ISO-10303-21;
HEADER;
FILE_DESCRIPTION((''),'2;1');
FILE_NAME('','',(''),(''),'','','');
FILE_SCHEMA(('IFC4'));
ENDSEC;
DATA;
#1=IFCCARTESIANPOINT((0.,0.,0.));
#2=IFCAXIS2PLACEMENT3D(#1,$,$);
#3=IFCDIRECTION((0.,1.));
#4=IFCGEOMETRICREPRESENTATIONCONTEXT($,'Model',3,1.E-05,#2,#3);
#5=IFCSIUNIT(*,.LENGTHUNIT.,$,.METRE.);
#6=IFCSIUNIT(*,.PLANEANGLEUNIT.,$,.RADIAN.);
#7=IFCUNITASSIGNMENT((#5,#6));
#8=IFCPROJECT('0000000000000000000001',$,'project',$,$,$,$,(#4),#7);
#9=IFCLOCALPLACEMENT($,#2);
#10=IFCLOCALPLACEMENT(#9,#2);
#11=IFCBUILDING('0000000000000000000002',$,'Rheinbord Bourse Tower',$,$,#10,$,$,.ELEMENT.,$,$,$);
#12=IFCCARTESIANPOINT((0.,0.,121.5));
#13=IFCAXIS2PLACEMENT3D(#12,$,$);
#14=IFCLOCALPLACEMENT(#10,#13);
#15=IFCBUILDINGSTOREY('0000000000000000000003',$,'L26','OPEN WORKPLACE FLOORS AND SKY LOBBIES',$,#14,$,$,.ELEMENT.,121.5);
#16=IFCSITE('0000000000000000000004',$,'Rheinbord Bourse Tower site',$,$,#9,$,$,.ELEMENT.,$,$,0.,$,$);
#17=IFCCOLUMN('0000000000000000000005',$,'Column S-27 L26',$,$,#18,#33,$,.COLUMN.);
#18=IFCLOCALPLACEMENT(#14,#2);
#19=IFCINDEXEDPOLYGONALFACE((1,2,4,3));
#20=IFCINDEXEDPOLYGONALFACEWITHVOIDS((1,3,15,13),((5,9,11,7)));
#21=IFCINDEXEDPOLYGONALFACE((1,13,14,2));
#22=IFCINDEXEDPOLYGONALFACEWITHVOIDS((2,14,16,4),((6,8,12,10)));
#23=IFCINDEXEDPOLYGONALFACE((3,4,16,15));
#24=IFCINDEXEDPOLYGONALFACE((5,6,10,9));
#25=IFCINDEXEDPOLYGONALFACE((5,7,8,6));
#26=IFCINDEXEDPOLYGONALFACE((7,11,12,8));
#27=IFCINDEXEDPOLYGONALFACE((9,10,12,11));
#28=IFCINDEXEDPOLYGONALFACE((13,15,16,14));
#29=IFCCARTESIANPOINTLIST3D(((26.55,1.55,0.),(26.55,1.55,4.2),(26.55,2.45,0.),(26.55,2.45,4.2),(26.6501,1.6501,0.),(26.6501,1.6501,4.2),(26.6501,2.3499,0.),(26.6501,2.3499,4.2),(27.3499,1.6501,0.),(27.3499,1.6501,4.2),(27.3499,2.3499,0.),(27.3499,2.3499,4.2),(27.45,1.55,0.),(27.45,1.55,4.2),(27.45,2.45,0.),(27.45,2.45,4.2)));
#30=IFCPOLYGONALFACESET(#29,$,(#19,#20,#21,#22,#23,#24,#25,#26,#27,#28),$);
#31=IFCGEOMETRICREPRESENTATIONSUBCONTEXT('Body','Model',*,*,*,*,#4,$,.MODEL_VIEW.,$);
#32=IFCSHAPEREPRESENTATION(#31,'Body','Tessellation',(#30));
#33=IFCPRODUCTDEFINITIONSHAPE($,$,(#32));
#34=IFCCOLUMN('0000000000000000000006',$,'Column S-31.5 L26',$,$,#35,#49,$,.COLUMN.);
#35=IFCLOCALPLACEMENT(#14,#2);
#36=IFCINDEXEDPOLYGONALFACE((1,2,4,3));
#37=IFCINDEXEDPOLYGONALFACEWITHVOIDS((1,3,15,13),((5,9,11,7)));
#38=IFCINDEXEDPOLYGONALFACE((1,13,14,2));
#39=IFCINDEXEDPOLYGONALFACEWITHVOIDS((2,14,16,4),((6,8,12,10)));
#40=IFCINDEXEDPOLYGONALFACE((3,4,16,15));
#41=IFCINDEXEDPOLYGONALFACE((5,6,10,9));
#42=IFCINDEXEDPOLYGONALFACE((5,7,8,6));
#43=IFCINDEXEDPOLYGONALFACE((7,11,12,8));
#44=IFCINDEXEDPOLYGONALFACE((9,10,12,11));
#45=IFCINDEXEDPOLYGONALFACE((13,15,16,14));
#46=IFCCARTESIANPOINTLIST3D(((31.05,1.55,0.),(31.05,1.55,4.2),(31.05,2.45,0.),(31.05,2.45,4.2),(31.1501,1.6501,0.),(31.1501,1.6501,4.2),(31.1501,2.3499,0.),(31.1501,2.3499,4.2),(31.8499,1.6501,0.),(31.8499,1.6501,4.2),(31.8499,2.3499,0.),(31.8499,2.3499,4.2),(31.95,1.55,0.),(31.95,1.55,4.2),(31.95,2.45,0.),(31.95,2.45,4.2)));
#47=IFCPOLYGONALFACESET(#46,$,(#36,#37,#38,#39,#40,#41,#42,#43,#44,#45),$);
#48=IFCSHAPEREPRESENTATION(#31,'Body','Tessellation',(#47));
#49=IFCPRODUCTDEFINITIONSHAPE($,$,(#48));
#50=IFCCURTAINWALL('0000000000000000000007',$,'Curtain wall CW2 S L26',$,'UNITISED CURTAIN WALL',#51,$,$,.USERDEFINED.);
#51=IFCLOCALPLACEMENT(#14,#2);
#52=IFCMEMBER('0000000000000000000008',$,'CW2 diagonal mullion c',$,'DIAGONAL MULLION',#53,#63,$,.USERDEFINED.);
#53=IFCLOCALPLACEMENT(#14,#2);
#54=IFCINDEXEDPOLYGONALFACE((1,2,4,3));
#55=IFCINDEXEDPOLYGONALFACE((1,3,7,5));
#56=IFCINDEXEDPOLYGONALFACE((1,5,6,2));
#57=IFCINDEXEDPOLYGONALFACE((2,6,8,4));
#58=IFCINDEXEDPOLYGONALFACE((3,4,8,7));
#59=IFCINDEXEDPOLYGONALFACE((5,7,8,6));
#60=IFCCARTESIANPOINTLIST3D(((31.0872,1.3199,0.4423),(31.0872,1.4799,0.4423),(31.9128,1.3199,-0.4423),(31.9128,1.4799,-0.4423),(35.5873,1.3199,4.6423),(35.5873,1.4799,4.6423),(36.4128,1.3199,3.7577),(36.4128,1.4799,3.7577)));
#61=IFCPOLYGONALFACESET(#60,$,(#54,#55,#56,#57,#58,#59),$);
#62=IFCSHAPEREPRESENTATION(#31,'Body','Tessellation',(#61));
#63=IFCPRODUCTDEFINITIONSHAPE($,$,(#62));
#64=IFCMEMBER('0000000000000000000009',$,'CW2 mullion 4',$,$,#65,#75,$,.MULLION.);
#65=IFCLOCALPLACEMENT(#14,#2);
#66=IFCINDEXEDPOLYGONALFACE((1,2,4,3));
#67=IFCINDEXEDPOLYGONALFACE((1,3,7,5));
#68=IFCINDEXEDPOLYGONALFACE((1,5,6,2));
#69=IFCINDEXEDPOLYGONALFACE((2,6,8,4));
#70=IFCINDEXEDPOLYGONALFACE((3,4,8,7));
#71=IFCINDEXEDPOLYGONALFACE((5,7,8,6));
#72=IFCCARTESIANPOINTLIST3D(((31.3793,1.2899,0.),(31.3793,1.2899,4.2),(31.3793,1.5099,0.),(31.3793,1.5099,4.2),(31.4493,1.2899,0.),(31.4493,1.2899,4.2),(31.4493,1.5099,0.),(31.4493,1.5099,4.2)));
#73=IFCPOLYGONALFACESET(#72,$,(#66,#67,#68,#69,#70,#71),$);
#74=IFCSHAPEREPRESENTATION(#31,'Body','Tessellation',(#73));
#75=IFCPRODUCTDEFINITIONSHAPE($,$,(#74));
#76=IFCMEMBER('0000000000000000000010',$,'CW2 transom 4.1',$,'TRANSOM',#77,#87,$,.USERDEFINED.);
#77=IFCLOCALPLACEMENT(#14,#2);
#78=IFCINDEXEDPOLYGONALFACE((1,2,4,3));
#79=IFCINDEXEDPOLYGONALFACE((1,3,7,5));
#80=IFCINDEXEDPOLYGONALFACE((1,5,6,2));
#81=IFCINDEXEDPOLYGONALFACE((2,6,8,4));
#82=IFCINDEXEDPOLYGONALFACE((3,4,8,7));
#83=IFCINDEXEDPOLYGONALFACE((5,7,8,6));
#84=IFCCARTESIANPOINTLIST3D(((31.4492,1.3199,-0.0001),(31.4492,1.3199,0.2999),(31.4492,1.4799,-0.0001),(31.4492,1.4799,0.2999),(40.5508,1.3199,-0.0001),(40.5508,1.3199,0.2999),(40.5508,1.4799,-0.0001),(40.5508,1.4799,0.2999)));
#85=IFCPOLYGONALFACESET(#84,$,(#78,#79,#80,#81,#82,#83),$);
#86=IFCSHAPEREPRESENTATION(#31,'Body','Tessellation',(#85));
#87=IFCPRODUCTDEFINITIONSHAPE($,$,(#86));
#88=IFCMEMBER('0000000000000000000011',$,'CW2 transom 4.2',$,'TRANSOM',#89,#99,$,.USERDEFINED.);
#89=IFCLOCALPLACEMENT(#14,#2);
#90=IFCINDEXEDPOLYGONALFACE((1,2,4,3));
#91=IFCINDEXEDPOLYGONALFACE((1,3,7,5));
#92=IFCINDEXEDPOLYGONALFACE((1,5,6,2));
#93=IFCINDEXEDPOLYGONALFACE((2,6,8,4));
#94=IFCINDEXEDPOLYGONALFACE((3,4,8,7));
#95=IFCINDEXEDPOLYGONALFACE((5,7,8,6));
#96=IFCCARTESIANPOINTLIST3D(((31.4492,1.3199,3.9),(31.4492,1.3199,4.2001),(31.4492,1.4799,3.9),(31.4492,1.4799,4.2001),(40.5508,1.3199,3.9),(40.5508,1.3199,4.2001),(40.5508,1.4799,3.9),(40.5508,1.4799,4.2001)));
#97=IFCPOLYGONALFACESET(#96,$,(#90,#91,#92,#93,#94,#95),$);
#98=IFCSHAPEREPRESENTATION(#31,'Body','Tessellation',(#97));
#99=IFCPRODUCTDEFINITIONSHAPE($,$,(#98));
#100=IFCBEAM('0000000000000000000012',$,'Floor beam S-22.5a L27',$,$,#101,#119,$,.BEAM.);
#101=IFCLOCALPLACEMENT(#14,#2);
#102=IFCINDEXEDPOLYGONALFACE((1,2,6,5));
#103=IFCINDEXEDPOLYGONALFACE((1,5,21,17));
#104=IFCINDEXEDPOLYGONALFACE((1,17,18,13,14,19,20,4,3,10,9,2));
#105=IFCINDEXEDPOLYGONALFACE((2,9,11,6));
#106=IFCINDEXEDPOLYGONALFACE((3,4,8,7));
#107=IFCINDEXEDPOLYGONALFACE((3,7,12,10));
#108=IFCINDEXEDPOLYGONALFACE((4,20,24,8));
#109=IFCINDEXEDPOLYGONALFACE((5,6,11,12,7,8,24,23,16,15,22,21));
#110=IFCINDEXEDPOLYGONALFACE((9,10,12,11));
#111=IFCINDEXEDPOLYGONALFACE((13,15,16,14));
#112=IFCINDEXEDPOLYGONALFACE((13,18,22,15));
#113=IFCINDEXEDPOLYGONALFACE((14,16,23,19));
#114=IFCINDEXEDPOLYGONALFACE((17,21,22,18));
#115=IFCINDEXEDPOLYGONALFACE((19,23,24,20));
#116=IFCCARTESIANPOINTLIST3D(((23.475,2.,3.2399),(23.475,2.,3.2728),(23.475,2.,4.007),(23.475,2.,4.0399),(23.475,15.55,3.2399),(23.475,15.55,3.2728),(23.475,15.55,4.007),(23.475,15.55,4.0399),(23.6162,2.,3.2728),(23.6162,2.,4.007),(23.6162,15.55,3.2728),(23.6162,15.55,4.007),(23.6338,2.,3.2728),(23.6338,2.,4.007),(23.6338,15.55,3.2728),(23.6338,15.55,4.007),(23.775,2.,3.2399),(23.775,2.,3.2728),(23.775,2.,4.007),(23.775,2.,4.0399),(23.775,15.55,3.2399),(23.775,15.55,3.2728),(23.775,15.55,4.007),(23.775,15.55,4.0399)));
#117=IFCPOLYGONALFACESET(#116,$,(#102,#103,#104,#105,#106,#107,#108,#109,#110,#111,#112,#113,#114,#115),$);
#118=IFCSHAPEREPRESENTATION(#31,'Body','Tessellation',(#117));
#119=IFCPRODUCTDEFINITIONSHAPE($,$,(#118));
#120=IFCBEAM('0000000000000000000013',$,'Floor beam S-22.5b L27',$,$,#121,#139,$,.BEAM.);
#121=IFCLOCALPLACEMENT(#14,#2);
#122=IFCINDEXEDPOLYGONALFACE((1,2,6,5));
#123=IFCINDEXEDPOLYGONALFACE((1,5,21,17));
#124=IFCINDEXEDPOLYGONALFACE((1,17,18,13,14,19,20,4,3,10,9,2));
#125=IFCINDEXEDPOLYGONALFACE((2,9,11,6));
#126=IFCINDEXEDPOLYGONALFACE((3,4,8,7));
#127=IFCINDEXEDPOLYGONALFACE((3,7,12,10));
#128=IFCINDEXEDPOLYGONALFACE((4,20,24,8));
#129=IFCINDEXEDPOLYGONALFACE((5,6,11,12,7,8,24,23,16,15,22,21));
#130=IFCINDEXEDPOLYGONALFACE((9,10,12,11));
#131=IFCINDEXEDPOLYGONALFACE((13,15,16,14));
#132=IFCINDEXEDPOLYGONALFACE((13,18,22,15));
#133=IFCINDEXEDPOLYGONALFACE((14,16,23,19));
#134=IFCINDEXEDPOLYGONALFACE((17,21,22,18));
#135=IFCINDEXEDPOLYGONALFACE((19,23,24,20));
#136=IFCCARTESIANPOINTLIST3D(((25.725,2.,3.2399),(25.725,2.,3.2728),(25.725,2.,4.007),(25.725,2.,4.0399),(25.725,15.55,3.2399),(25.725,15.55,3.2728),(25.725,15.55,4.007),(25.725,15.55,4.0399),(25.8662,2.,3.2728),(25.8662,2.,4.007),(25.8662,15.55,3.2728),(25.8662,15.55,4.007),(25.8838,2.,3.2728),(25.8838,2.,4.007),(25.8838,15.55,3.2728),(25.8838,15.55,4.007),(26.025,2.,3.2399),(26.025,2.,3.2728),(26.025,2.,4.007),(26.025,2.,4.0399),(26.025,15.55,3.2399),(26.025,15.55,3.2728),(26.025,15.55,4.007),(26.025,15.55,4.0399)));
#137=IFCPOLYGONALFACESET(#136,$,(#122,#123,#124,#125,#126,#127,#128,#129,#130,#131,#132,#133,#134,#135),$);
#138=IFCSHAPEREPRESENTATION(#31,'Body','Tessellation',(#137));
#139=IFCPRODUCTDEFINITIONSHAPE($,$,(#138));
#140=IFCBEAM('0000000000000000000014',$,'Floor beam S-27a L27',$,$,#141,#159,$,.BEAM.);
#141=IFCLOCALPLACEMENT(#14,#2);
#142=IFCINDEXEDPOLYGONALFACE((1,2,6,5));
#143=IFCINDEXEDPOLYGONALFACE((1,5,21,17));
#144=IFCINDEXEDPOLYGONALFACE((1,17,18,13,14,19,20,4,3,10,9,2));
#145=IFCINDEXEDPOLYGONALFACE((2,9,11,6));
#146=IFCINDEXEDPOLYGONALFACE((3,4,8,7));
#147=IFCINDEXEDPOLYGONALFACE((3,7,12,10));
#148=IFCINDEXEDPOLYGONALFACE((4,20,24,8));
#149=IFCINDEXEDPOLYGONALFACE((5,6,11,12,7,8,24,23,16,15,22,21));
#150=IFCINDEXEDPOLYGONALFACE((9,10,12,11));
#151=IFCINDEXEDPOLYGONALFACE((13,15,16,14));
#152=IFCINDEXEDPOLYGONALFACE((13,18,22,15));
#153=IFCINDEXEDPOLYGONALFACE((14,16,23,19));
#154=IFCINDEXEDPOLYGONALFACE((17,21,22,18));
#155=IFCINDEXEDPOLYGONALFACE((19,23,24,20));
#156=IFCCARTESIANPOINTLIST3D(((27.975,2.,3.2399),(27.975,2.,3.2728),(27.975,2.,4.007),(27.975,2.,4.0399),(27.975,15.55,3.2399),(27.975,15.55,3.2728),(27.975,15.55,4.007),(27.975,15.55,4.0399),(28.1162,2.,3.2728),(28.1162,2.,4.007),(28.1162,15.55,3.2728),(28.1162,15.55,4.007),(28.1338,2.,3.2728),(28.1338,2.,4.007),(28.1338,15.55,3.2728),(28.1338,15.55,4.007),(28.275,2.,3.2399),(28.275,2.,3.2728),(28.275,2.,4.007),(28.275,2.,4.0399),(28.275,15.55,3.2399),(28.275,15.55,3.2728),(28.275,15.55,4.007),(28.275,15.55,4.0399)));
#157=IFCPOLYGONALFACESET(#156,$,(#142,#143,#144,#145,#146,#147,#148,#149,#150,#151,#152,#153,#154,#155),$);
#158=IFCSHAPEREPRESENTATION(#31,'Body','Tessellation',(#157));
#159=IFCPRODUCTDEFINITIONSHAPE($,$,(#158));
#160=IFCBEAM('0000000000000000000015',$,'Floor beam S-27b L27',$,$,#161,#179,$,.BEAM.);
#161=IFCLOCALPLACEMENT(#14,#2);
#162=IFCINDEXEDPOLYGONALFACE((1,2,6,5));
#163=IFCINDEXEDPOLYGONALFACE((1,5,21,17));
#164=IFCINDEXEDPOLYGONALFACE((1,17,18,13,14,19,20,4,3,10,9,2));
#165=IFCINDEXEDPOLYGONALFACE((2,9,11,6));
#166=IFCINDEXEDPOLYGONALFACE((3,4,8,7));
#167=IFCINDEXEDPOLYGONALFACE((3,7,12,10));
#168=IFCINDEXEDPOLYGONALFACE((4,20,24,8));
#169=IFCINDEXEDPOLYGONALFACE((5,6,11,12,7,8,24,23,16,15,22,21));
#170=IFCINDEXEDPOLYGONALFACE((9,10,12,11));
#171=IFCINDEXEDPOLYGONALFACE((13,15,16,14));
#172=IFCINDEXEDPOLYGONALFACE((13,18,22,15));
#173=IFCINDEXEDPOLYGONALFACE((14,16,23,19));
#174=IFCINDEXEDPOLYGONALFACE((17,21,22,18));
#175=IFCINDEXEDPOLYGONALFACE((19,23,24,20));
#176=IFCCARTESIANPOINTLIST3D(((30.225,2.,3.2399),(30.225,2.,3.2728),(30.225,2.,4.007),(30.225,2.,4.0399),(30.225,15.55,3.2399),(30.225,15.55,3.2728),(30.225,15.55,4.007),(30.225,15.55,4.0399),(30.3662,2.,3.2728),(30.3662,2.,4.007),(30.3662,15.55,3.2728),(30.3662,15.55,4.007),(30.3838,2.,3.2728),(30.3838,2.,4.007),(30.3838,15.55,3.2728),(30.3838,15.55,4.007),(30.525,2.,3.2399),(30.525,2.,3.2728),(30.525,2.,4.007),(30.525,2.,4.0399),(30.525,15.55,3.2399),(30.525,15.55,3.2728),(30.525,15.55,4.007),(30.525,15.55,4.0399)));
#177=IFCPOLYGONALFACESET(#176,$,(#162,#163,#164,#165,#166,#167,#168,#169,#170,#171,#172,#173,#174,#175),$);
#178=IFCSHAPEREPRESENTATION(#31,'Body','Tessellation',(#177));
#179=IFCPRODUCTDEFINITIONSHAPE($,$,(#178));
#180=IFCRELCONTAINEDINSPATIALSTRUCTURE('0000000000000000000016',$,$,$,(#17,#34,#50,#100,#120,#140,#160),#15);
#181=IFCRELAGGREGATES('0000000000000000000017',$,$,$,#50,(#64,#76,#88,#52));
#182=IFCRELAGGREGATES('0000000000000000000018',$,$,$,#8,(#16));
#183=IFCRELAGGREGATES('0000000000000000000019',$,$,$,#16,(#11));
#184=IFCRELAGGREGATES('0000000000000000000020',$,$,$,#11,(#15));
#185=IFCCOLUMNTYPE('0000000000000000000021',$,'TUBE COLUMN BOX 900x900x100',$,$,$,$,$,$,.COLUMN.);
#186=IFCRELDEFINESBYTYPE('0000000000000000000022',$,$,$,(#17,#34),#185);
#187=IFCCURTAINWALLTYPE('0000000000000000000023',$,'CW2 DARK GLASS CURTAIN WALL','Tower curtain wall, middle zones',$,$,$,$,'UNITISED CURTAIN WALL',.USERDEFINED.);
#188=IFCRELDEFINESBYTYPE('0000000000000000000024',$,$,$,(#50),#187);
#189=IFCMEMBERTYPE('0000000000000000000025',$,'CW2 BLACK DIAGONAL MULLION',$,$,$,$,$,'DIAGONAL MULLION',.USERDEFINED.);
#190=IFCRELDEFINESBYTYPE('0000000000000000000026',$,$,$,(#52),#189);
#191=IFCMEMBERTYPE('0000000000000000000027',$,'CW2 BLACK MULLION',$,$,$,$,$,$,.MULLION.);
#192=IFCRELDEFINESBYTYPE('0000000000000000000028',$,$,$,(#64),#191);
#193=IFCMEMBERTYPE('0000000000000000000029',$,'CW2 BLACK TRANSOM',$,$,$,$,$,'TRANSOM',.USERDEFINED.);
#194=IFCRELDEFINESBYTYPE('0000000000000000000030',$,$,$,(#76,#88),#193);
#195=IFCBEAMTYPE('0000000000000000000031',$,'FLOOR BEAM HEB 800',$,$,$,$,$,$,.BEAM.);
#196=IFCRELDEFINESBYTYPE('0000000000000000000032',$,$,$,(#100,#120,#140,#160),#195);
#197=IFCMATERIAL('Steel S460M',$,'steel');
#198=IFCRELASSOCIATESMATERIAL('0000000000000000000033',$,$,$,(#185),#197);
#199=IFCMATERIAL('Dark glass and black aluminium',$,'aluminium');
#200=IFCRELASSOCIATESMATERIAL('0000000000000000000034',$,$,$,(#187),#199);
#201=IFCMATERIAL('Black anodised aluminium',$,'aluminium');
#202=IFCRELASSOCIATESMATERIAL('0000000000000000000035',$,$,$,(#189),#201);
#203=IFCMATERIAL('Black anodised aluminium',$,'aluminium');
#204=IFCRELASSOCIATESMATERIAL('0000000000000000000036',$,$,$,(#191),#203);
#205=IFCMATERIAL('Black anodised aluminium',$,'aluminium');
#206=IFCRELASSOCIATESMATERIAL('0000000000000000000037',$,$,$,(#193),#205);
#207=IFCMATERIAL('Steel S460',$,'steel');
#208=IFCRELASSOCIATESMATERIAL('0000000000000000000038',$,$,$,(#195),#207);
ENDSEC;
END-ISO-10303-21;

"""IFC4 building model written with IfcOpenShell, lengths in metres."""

from ifc_helpers import new_model, si_unit, direction, frame, origin, origin_2d, place, context, subcontext, project, spatial, rectangle, hollow_rectangle, i_section, extrude, material, material_profile, profile_set, type_object, element, aggregate, save


model = new_model("IFC4")

# Units and contexts
model_context = context("Model", 3, precision=1e-05, world=origin(), true_north=direction((0.0, 1.0)))
body_context = subcontext(model_context, "Body", "Model", "MODEL_VIEW")
ifc_project = project(units=[si_unit("LENGTHUNIT", "METRE"), si_unit("PLANEANGLEUNIT", "RADIAN")], contexts=[model_context])

# Site, building, storey
site_placement = place(None, origin())
site = spatial("IfcSite", under=ifc_project, at=site_placement, Name="Rheinbord Bourse Tower site", CompositionType="ELEMENT", RefElevation=0.0)
building_placement = place(site_placement, origin())
building = spatial("IfcBuilding", under=site, at=building_placement, Name="Rheinbord Bourse Tower", CompositionType="ELEMENT")
storey_placement = place(building_placement, frame((0.0, 0.0, 121.5)))
storey = spatial("IfcBuildingStorey", under=building, at=storey_placement, Name="L26", Description="OPEN WORKPLACE FLOORS AND SKY LOBBIES", CompositionType="ELEMENT", Elevation=121.5)

# Columns
ifc_material_1 = material(Name="Steel S460M", Category="steel")
ifc_material_profile_1 = material_profile(ifc_material_1, hollow_rectangle(XDim=0.8999, YDim=0.8999, WallThickness=0.1001, at=origin_2d()), Name="BOX 900x900x100")
ifc_profile_set_1 = profile_set([ifc_material_profile_1], Name="Steel S460M")
column_type = type_object("IfcColumnType", Name="TUBE COLUMN BOX 900x900x100", PredefinedType="COLUMN", material=ifc_profile_set_1)
for number, where, z_axis, x_axis, name in (
    (1, (27.0, 2.0, 0.0), (0.0, 0.0, 1.0), (0.0, 1.0, 0.0), "Column S-27 L26"),
    (2, (31.5, 2.0, 0.0), (0.0, 0.0, 1.0), (0.0, 1.0, 0.0), "Column S-31.5 L26"),
):
    element("IfcColumn", number, at=place(storey_placement, frame(where, z_axis=z_axis, x_axis=x_axis)), inside=storey, type_object=column_type, Name=name, PredefinedType="COLUMN", context=body_context, shape_type="SweptSolid", body=[
        extrude(hollow_rectangle(XDim=0.8999, YDim=0.8999, WallThickness=0.1001, at=origin_2d()), origin(), (0.0, 0.0, 1.0), 4.2),
    ])

# Curtain wall, members
ifc_material_2 = material(Name="Dark glass and black aluminium", Category="aluminium")
curtain_wall_type = type_object("IfcCurtainWallType", Name="CW2 DARK GLASS CURTAIN WALL", Description="Tower curtain wall, middle zones", ElementType="UNITISED CURTAIN WALL", PredefinedType="USERDEFINED", material=ifc_material_2)
curtain_wall_placement = place(storey_placement, origin())
curtain_wall = element("IfcCurtainWall", 3, at=curtain_wall_placement, inside=storey, type_object=curtain_wall_type, Name="Curtain wall CW2 S L26", ObjectType="UNITISED CURTAIN WALL", PredefinedType="USERDEFINED")
ifc_material_3 = material(Name="Black anodised aluminium", Category="aluminium")
ifc_material_profile_2 = material_profile(ifc_material_3, rectangle(XDim=0.1599, YDim=1.21, at=origin_2d()), Name="CW2 DIAGONAL MULLION 1210x160")
ifc_profile_set_2 = profile_set([ifc_material_profile_2], Name="Black anodised aluminium")
member_type_1 = type_object("IfcMemberType", Name="CW2 BLACK DIAGONAL MULLION", ElementType="DIAGONAL MULLION", PredefinedType="USERDEFINED", material=ifc_profile_set_2)
member_1_placement = place(storey_placement, frame((31.5, 1.3999, 0.0), z_axis=(0.731059, 0.0, 0.682314), x_axis=(0.0, 1.0, 0.0)))
member_1 = element("IfcMember", 4, at=member_1_placement, type_object=member_type_1, Name="CW2 diagonal mullion c", ObjectType="DIAGONAL MULLION", PredefinedType="USERDEFINED", context=body_context, shape_type="SweptSolid", body=[
    extrude(rectangle(XDim=0.1599, YDim=1.21, at=origin_2d()), origin(), (0.0, 0.0, 1.0), 6.1555),
])
ifc_material_4 = material(Name="Black anodised aluminium", Category="aluminium")
ifc_material_profile_3 = material_profile(ifc_material_4, rectangle(XDim=0.22, YDim=0.0701, at=origin_2d()), Name="CW2 MULLION 70x220")
ifc_profile_set_3 = profile_set([ifc_material_profile_3], Name="Black anodised aluminium")
member_type_2 = type_object("IfcMemberType", Name="CW2 BLACK MULLION", PredefinedType="MULLION", material=ifc_profile_set_3)
member_2_placement = place(storey_placement, frame((31.4143, 1.3999, 0.0), z_axis=(0.0, 0.0, 1.0), x_axis=(0.0, 1.0, 0.0)))
member_2 = element("IfcMember", 5, at=member_2_placement, type_object=member_type_2, Name="CW2 mullion 4", PredefinedType="MULLION", context=body_context, shape_type="SweptSolid", body=[
    extrude(rectangle(XDim=0.22, YDim=0.0701, at=origin_2d()), origin(), (0.0, 0.0, 1.0), 4.2),
])
ifc_material_5 = material(Name="Black anodised aluminium", Category="aluminium")
ifc_material_profile_4 = material_profile(ifc_material_5, rectangle(XDim=0.1599, YDim=0.3, at=origin_2d()), Name="CW2 TRANSOM 300x160")
ifc_profile_set_4 = profile_set([ifc_material_profile_4], Name="Black anodised aluminium")
member_type_3 = type_object("IfcMemberType", Name="CW2 BLACK TRANSOM", ElementType="TRANSOM", PredefinedType="USERDEFINED", material=ifc_profile_set_4)
member_3_placement = place(storey_placement, frame((31.4492, 1.3999, 0.1499), z_axis=(1.0, 0.0, 0.0), x_axis=(0.0, 1.0, 0.0)))
member_3 = element("IfcMember", 6, at=member_3_placement, type_object=member_type_3, Name="CW2 transom 4.1", ObjectType="TRANSOM", PredefinedType="USERDEFINED", context=body_context, shape_type="SweptSolid", body=[
    extrude(rectangle(XDim=0.1599, YDim=0.3, at=origin_2d()), origin(), (0.0, 0.0, 1.0), 9.1016),
])
member_4_placement = place(storey_placement, frame((31.4492, 1.3999, 4.05), z_axis=(1.0, 0.0, 0.0), x_axis=(0.0, 1.0, 0.0)))
member_4 = element("IfcMember", 7, at=member_4_placement, type_object=member_type_3, Name="CW2 transom 4.2", ObjectType="TRANSOM", PredefinedType="USERDEFINED", context=body_context, shape_type="SweptSolid", body=[
    extrude(rectangle(XDim=0.1599, YDim=0.3, at=origin_2d()), origin(), (0.0, 0.0, 1.0), 9.1016),
])

# Beams
ifc_material_6 = material(Name="Steel S460", Category="steel")
ifc_material_profile_5 = material_profile(ifc_material_6, i_section(OverallWidth=0.3, OverallDepth=0.8, WebThickness=0.0176, FlangeThickness=0.033, at=origin_2d()), Name="HEB 800")
ifc_profile_set_5 = profile_set([ifc_material_profile_5], Name="Steel S460")
beam_type_1 = type_object("IfcBeamType", Name="FLOOR BEAM HEB 800", PredefinedType="BEAM", material=ifc_profile_set_5)
for number, where, z_axis, x_axis, name in (
    (8, (23.625, 2.0, 3.6399), (0.0, 1.0, 0.0), (-1.0, 0.0, 0.0), "Floor beam S-22.5a L27"),
    (9, (25.875, 2.0, 3.6399), (0.0, 1.0, 0.0), (-1.0, 0.0, 0.0), "Floor beam S-22.5b L27"),
    (10, (28.125, 2.0, 3.6399), (0.0, 1.0, 0.0), (-1.0, 0.0, 0.0), "Floor beam S-27a L27"),
    (11, (30.375, 2.0, 3.6399), (0.0, 1.0, 0.0), (-1.0, 0.0, 0.0), "Floor beam S-27b L27"),
):
    element("IfcBeam", number, at=place(storey_placement, frame(where, z_axis=z_axis, x_axis=x_axis)), inside=storey, type_object=beam_type_1, Name=name, PredefinedType="BEAM", context=body_context, shape_type="SweptSolid", body=[
        extrude(i_section(OverallWidth=0.3, OverallDepth=0.8, WebThickness=0.0176, FlangeThickness=0.033, at=origin_2d()), origin(), (0.0, 0.0, 1.0), 13.55),
    ])

aggregate(curtain_wall, [member_2, member_3, member_4, member_1])

save(model, "model.ifc")
